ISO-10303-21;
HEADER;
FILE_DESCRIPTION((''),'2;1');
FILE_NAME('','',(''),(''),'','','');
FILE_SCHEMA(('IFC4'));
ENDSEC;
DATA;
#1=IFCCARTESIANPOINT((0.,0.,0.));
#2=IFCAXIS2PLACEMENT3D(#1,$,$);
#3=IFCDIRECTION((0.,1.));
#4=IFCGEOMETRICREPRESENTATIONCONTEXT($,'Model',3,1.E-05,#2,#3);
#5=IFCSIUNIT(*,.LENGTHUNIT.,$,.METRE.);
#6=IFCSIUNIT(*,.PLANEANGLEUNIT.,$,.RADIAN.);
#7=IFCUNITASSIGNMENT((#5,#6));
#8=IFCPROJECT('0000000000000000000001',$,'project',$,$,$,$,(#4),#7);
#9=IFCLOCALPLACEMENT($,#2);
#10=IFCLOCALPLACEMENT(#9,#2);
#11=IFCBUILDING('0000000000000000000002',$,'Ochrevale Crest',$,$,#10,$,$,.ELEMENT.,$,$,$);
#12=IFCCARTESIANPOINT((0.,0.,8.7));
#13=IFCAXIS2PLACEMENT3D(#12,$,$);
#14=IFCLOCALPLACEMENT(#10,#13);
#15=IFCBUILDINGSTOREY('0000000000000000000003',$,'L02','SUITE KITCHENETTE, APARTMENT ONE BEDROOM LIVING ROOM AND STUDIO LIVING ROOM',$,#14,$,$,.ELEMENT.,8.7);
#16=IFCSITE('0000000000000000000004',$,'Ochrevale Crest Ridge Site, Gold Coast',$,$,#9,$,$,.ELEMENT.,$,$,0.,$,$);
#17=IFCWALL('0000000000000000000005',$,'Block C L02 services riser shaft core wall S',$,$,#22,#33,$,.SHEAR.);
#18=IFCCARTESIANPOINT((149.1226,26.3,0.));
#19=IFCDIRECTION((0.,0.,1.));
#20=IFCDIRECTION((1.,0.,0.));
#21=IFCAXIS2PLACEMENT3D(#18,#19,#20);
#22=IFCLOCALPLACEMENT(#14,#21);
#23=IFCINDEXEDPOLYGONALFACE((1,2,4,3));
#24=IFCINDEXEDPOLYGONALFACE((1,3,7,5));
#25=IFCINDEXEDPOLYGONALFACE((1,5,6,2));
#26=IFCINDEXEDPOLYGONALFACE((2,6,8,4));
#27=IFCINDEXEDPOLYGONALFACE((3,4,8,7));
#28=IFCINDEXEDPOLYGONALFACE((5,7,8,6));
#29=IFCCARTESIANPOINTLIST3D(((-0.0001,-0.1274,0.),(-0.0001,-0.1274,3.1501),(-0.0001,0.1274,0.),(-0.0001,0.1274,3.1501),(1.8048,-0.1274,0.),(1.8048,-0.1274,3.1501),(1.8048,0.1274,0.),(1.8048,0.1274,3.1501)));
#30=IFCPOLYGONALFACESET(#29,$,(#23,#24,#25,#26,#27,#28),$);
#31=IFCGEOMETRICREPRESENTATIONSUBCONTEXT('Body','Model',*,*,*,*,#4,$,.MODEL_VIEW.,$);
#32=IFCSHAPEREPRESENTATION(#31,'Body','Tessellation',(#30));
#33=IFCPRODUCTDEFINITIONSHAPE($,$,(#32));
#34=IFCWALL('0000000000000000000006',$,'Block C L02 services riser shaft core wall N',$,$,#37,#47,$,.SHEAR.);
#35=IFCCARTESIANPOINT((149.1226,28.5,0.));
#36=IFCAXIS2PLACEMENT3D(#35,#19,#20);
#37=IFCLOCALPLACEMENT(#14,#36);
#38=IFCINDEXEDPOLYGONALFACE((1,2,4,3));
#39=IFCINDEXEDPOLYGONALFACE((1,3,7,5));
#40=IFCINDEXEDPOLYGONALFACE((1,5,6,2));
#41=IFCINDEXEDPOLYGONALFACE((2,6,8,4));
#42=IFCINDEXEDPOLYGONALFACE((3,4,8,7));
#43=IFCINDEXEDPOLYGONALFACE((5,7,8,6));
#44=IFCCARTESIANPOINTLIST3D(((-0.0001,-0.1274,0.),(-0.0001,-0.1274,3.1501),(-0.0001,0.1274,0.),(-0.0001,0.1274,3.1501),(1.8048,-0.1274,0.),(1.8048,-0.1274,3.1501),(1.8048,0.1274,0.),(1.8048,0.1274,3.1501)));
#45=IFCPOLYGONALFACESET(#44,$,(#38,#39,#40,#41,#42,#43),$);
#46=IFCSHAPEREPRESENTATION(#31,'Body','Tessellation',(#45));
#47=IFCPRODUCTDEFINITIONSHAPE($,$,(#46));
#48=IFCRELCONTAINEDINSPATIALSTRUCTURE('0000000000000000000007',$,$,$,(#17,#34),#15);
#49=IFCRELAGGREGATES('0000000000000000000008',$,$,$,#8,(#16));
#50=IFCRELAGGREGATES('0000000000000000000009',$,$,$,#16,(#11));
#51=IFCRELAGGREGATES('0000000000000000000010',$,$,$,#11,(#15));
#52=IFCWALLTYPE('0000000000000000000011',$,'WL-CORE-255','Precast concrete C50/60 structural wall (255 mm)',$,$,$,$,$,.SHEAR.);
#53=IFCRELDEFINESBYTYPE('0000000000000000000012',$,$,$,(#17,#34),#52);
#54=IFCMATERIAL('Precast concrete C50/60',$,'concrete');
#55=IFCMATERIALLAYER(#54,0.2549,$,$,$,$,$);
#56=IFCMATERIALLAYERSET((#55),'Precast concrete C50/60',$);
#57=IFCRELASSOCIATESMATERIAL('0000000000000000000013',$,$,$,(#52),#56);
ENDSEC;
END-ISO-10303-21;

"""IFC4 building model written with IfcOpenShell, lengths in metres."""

from ifc_helpers import new_model, si_unit, direction, frame, frame_2d, origin, place, context, subcontext, project, spatial, rectangle, extrude, material, layer, layer_set, type_object, element, save


model = new_model("IFC4")

# Units and contexts
model_context = context("Model", 3, precision=1e-05, world=origin(), true_north=direction((0.0, 1.0)))
body_context = subcontext(model_context, "Body", "Model", "MODEL_VIEW")
ifc_project = project(units=[si_unit("LENGTHUNIT", "METRE"), si_unit("PLANEANGLEUNIT", "RADIAN")], contexts=[model_context])

# Site, building, storey
site_placement = place(None, origin())
site = spatial("IfcSite", under=ifc_project, at=site_placement, Name="Ochrevale Crest Ridge Site, Gold Coast", CompositionType="ELEMENT", RefElevation=0.0)
building_placement = place(site_placement, origin())
building = spatial("IfcBuilding", under=site, at=building_placement, Name="Ochrevale Crest", CompositionType="ELEMENT")
storey_placement = place(building_placement, frame((0.0, 0.0, 8.7)))
storey = spatial("IfcBuildingStorey", under=building, at=storey_placement, Name="L02", Description="SUITE KITCHENETTE, APARTMENT ONE BEDROOM LIVING ROOM AND STUDIO LIVING ROOM", CompositionType="ELEMENT", Elevation=8.7)

# Shared definitions
ifc_material_1 = material(Name="Precast concrete C50/60", Category="concrete")

# Shared definitions
ifc_layer_1 = layer(ifc_material_1, 0.2549)
ifc_layer_set_1 = layer_set([ifc_layer_1], Name="Precast concrete C50/60")
wall_type_1 = type_object("IfcWallType", Name="WL-CORE-255", Description="Precast concrete C50/60 structural wall (255 mm)", PredefinedType="SHEAR", material=ifc_layer_set_1)

# Walls
for number, where, z_axis, x_axis, name in (
    (1, (149.1226, 26.3, 0.0), (0.0, 0.0, 1.0), (1.0, 0.0, 0.0), "Block C L02 services riser shaft core wall S"),
    (2, (149.1226, 28.5, 0.0), (0.0, 0.0, 1.0), (1.0, 0.0, 0.0), "Block C L02 services riser shaft core wall N"),
):
    element("IfcWall", number, at=place(storey_placement, frame(where, z_axis=z_axis, x_axis=x_axis)), inside=storey, type_object=wall_type_1, Name=name, PredefinedType="SHEAR", context=body_context, shape_type="SweptSolid", body=[
        extrude(rectangle(XDim=1.8049, YDim=0.2549, at=frame_2d((0.9023, 0.0))), origin(), (0.0, 0.0, 1.0), 3.1501),
    ])

save(model, "model.ifc")
